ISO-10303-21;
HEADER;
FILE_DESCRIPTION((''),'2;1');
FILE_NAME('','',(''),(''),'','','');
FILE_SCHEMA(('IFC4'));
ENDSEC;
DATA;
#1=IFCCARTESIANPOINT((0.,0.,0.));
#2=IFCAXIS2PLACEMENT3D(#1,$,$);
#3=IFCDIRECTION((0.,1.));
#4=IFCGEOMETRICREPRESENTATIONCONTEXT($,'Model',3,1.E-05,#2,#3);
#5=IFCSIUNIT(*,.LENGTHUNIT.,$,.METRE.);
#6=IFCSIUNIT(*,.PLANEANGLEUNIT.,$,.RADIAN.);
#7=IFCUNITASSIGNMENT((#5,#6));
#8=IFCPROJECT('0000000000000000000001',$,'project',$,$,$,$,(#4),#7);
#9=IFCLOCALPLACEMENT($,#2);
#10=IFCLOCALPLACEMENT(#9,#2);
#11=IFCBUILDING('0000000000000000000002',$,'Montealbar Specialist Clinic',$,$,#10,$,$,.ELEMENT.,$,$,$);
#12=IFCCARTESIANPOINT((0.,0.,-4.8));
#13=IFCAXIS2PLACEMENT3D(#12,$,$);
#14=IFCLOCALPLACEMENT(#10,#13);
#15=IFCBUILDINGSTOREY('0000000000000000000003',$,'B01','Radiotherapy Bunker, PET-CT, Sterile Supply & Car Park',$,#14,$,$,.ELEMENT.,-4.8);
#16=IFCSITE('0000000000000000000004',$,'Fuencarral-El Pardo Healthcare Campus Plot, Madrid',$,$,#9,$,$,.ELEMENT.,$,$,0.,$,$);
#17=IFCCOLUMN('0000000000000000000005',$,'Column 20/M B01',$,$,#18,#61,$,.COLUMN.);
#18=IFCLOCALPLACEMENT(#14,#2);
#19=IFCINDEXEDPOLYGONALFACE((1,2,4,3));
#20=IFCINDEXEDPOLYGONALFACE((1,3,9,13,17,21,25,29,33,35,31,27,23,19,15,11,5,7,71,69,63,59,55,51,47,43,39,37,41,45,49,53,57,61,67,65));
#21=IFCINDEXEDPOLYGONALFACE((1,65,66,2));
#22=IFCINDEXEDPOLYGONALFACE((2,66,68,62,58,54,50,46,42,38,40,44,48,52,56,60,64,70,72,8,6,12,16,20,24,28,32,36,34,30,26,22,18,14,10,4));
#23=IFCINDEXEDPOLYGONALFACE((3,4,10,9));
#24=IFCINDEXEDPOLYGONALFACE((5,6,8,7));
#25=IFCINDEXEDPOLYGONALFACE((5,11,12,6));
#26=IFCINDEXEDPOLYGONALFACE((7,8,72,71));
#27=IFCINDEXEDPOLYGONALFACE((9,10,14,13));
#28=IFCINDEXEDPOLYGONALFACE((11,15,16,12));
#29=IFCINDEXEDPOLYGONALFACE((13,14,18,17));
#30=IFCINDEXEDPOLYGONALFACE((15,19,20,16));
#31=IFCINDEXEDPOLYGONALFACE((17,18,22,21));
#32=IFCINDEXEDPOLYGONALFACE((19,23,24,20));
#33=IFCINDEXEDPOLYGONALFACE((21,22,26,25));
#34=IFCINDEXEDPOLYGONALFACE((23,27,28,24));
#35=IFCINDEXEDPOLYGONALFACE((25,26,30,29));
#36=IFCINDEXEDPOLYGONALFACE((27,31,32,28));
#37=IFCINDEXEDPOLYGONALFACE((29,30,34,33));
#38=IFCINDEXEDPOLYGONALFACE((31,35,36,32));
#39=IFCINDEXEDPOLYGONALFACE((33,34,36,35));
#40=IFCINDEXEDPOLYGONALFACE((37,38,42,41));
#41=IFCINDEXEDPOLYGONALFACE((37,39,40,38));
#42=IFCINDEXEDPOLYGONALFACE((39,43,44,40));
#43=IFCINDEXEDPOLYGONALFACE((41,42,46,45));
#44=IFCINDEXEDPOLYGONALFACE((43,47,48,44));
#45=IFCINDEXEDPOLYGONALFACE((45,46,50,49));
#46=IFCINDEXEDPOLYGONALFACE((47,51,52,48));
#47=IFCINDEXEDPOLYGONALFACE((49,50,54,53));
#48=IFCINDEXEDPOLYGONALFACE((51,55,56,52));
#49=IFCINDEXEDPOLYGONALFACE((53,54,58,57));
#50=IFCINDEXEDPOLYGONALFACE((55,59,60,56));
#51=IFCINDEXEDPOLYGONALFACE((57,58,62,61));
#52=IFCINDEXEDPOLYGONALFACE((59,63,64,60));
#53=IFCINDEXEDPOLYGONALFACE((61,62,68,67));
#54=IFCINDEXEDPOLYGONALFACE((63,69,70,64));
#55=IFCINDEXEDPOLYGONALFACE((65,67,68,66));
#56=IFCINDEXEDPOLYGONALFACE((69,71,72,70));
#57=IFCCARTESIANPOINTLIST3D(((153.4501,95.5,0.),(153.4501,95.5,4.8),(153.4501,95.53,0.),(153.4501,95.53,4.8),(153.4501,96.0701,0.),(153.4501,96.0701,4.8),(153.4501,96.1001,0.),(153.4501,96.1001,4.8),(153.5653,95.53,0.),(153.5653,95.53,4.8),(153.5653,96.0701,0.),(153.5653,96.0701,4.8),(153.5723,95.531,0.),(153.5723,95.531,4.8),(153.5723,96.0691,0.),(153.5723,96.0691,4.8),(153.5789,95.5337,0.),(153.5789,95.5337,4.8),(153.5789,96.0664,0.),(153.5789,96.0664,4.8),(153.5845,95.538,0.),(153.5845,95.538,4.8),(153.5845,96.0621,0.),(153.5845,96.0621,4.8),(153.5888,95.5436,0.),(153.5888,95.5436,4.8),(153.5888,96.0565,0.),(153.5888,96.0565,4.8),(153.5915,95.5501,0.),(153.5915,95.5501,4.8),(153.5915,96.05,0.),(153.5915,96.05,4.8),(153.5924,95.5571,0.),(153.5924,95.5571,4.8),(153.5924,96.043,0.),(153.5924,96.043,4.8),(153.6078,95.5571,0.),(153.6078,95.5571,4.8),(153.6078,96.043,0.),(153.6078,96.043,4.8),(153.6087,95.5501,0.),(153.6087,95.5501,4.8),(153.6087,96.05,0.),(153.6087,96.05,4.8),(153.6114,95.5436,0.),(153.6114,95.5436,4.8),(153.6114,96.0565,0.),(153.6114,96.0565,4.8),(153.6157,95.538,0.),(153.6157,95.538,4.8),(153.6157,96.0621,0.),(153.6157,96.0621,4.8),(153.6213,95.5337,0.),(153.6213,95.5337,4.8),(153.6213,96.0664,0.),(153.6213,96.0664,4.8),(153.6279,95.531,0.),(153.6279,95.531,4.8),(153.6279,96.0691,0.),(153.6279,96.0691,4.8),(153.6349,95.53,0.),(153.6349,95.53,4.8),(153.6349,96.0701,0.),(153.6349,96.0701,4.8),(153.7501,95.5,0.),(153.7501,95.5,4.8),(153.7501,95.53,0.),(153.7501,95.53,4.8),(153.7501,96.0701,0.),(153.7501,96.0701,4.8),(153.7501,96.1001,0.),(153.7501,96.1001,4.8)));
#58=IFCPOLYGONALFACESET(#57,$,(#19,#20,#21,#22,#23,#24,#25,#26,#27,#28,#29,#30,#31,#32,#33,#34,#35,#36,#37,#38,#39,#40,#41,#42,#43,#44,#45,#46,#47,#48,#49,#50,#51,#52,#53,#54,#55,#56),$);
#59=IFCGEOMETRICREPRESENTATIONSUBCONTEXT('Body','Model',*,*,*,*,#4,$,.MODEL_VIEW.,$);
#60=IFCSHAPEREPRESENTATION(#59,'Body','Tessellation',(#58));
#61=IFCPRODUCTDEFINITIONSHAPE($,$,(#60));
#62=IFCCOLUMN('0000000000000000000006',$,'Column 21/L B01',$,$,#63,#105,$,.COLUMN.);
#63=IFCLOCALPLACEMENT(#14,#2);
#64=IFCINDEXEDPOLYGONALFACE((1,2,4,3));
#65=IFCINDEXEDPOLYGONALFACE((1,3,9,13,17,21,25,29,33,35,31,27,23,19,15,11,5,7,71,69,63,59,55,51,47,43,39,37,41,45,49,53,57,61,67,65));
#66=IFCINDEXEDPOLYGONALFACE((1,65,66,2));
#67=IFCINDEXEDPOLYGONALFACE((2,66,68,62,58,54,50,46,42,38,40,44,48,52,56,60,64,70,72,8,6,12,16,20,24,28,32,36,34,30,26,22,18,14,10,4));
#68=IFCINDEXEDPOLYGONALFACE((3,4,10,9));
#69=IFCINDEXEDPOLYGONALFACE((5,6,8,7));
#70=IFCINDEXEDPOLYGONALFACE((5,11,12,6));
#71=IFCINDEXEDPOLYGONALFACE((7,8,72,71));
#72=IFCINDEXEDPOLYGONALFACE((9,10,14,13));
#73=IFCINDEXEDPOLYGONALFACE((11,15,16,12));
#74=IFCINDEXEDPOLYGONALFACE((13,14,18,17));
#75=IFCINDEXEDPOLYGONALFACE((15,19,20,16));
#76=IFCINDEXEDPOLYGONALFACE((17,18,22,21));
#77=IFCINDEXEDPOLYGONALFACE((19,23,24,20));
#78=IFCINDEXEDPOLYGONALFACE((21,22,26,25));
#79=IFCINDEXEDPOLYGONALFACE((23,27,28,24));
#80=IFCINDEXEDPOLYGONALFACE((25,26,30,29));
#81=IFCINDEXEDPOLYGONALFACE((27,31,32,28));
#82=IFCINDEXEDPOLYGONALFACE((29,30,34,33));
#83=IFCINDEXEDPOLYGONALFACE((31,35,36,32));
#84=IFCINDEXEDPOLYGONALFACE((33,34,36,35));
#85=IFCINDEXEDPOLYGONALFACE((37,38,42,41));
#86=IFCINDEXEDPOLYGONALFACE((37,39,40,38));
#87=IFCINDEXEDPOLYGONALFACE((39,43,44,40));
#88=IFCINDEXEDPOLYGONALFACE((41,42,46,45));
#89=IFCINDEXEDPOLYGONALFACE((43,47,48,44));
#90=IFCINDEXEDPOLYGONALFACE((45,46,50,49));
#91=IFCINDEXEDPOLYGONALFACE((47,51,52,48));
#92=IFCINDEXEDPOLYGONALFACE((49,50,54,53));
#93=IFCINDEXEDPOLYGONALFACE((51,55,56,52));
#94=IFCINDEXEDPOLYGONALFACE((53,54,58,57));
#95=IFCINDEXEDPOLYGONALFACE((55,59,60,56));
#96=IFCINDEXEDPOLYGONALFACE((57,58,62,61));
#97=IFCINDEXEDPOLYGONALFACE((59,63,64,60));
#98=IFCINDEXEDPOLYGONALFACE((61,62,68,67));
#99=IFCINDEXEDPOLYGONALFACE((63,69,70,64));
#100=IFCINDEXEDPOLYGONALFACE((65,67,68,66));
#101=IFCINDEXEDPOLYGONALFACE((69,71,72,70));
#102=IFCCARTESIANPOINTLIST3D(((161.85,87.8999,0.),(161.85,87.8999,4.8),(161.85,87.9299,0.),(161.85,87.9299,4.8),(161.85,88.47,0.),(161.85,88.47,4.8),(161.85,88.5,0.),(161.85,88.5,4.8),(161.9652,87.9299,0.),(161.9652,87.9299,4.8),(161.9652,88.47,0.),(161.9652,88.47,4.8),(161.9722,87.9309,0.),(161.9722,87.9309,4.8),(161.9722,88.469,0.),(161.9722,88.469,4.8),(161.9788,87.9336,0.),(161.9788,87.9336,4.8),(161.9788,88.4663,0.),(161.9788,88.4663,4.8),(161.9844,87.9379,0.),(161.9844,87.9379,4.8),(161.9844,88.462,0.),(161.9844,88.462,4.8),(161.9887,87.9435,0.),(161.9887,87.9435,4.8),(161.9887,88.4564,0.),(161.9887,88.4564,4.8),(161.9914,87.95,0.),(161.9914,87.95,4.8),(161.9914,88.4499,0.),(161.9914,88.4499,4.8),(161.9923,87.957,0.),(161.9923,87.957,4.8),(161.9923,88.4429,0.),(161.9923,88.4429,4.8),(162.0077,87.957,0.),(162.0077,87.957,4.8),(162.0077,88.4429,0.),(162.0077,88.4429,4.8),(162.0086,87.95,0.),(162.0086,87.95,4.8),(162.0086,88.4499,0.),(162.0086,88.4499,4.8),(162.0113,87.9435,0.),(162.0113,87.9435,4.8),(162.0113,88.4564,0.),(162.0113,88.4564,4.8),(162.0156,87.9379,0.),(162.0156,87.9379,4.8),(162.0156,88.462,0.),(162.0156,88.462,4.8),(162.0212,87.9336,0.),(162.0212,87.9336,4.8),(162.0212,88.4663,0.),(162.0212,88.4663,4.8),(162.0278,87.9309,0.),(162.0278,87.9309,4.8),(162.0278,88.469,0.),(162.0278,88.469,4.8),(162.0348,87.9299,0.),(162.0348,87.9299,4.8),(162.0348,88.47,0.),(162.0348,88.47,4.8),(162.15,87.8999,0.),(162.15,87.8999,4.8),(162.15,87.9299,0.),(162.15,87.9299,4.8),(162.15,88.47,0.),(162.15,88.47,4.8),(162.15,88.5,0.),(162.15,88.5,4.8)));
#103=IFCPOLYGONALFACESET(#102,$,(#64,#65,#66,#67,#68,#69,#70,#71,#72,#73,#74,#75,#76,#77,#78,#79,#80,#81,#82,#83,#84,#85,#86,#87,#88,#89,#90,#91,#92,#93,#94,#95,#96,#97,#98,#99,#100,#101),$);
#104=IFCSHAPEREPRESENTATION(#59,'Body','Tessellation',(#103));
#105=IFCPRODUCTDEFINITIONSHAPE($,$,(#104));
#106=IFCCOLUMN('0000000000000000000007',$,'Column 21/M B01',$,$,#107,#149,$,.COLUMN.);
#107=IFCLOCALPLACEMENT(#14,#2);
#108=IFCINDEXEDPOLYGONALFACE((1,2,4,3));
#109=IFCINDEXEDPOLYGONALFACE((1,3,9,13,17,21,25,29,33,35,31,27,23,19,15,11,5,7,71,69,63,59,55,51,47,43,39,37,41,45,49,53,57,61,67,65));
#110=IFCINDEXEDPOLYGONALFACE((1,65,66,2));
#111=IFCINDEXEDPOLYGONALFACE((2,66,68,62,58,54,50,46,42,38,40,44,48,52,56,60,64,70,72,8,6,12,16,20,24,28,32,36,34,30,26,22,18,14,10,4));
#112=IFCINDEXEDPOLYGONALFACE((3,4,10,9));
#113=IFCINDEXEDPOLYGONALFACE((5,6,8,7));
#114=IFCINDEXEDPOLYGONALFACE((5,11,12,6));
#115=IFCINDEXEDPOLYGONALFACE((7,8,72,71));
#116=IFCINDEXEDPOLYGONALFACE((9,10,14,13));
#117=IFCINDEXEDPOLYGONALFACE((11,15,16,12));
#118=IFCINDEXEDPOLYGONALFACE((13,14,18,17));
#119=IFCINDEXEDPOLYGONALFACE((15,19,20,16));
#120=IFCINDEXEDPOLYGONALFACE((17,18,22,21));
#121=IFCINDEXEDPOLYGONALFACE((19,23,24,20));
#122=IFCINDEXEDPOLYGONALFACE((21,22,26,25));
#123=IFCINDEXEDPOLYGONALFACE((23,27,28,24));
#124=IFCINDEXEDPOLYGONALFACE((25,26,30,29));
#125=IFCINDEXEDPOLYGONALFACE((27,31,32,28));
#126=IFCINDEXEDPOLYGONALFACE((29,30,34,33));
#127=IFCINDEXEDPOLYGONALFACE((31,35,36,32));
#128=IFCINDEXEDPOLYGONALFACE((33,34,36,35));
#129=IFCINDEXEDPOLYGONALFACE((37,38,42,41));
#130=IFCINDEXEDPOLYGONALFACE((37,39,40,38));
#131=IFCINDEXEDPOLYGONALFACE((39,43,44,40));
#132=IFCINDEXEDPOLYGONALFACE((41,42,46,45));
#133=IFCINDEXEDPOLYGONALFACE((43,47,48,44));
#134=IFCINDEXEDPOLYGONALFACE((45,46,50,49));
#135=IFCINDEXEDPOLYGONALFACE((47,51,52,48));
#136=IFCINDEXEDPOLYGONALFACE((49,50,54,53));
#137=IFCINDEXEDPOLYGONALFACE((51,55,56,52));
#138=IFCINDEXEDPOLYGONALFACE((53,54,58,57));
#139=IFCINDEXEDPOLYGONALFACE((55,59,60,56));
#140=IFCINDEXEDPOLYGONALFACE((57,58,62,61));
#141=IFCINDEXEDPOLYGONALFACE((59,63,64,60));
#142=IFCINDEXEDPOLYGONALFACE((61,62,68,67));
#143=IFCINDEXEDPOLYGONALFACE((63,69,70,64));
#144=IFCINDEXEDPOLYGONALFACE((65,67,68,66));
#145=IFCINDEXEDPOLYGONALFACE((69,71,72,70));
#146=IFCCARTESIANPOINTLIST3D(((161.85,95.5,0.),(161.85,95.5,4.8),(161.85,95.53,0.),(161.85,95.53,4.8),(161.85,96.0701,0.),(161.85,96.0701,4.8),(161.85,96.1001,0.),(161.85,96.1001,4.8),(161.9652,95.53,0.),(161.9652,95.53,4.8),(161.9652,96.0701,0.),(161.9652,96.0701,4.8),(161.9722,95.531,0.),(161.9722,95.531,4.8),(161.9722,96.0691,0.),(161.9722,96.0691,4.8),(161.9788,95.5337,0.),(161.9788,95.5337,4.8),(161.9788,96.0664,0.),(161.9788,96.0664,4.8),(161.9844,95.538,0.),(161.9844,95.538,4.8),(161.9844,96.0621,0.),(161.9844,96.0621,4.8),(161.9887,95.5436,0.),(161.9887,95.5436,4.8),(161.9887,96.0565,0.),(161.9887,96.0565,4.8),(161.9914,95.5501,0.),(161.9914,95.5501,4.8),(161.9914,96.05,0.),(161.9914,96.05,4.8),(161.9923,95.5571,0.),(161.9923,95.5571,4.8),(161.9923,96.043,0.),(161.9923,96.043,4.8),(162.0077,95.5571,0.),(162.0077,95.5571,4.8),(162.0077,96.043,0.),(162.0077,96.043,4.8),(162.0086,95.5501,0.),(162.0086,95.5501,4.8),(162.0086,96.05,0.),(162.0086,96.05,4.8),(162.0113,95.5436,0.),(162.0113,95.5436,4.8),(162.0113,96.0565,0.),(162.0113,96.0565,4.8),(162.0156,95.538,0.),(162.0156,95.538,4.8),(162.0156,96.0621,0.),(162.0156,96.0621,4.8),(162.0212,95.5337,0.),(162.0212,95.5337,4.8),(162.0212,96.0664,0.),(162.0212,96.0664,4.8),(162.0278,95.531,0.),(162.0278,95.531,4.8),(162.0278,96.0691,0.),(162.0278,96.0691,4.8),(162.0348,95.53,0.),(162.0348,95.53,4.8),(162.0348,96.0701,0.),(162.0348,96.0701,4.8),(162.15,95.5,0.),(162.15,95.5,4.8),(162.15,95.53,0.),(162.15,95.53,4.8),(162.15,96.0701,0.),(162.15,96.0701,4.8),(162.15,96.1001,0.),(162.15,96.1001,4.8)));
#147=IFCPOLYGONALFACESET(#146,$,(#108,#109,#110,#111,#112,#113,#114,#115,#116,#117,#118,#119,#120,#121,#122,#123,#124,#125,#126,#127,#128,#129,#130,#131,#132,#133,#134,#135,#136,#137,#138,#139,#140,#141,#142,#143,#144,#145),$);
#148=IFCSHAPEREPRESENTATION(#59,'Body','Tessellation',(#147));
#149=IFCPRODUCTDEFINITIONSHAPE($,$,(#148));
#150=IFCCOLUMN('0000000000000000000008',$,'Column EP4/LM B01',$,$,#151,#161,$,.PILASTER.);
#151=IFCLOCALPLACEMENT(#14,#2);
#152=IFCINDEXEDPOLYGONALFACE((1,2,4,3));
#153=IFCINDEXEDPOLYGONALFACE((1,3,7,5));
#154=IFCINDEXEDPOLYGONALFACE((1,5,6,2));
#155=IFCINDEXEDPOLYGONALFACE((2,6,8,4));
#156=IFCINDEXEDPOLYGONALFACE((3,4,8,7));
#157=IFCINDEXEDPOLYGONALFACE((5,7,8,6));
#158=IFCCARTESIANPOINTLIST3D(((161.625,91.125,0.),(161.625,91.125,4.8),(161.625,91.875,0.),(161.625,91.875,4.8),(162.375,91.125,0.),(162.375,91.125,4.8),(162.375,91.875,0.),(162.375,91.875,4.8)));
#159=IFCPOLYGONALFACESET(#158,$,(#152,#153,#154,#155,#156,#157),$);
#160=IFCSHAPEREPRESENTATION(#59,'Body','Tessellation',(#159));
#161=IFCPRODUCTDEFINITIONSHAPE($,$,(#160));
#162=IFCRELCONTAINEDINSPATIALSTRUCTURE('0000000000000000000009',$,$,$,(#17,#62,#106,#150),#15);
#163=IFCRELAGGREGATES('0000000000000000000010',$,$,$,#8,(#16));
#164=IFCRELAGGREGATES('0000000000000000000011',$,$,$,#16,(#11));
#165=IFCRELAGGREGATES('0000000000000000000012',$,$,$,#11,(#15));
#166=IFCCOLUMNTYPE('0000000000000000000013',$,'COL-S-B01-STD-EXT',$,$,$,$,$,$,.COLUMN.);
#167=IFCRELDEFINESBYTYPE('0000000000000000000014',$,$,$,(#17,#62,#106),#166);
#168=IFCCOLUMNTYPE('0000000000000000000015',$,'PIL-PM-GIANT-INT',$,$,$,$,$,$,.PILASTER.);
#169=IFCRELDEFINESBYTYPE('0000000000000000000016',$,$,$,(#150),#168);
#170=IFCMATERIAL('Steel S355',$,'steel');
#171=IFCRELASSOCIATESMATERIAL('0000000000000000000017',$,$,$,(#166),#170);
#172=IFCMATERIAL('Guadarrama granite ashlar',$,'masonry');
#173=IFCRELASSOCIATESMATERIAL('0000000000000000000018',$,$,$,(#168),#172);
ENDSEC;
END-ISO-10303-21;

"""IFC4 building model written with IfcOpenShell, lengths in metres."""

from ifc_helpers import new_model, si_unit, direction, frame, origin, origin_2d, place, context, subcontext, project, spatial, rectangle, i_section, extrude, material, material_profile, profile_set, type_object, element, save


model = new_model("IFC4")

# Units and contexts
model_context = context("Model", 3, precision=1e-05, world=origin(), true_north=direction((0.0, 1.0)))
body_context = subcontext(model_context, "Body", "Model", "MODEL_VIEW")
ifc_project = project(units=[si_unit("LENGTHUNIT", "METRE"), si_unit("PLANEANGLEUNIT", "RADIAN")], contexts=[model_context])

# Site, building, storey
site_placement = place(None, origin())
site = spatial("IfcSite", under=ifc_project, at=site_placement, Name="Fuencarral-El Pardo Healthcare Campus Plot, Madrid", CompositionType="ELEMENT", RefElevation=0.0)
building_placement = place(site_placement, origin())
building = spatial("IfcBuilding", under=site, at=building_placement, Name="Montealbar Specialist Clinic", CompositionType="ELEMENT")
storey_placement = place(building_placement, frame((0.0, 0.0, -4.8)))
storey = spatial("IfcBuildingStorey", under=building, at=storey_placement, Name="B01", Description="Radiotherapy Bunker, PET-CT, Sterile Supply & Car Park", CompositionType="ELEMENT", Elevation=-4.8)

# Columns
ifc_material_1 = material(Name="Steel S355", Category="steel")
ifc_material_profile_1 = material_profile(ifc_material_1, i_section(OverallWidth=0.3, OverallDepth=0.6001, WebThickness=0.0154, FlangeThickness=0.03, FilletRadius=0.0271, at=origin_2d()), Name="HEB 600", Category="steel")
ifc_profile_set_1 = profile_set([ifc_material_profile_1], Name="Steel S355")
column_type_1 = type_object("IfcColumnType", Name="COL-S-B01-STD-EXT", PredefinedType="COLUMN", material=ifc_profile_set_1)
for number, where, z_axis, x_axis, name in (
    (1, (153.6001, 95.8, 0.0), (0.0, 0.0, 1.0), (1.0, 0.0, 0.0), "Column 20/M B01"),
    (2, (162.0, 88.2, 0.0), (0.0, 0.0, 1.0), (1.0, 0.0, 0.0), "Column 21/L B01"),
    (3, (162.0, 95.8, 0.0), (0.0, 0.0, 1.0), (1.0, 0.0, 0.0), "Column 21/M B01"),
):
    element("IfcColumn", number, at=place(storey_placement, frame(where, z_axis=z_axis, x_axis=x_axis)), inside=storey, type_object=column_type_1, Name=name, PredefinedType="COLUMN", context=body_context, shape_type="SweptSolid", body=[
        extrude(i_section(OverallWidth=0.3, OverallDepth=0.6001, WebThickness=0.0154, FlangeThickness=0.03, FilletRadius=0.0271, at=origin_2d()), origin(), (0.0, 0.0, 1.0), 4.8),
    ])
ifc_material_2 = material(Name="Guadarrama granite ashlar", Category="masonry")
ifc_material_profile_2 = material_profile(ifc_material_2, rectangle(XDim=0.75, YDim=0.75, at=origin_2d()), Name="GRANITE PILASTER 750x750", Category="masonry")
ifc_profile_set_2 = profile_set([ifc_material_profile_2], Name="Guadarrama granite ashlar")
column_type_2 = type_object("IfcColumnType", Name="PIL-PM-GIANT-INT", PredefinedType="PILASTER", material=ifc_profile_set_2)
column_placement = place(storey_placement, frame((162.0, 91.5, 0.0), z_axis=(0.0, 0.0, 1.0), x_axis=(1.0, 0.0, 0.0)))
element("IfcColumn", 4, at=column_placement, inside=storey, type_object=column_type_2, Name="Column EP4/LM B01", PredefinedType="PILASTER", context=body_context, shape_type="SweptSolid", body=[
    extrude(rectangle(XDim=0.75, YDim=0.75, at=origin_2d()), origin(), (0.0, 0.0, 1.0), 4.8),
])

save(model, "model.ifc")
